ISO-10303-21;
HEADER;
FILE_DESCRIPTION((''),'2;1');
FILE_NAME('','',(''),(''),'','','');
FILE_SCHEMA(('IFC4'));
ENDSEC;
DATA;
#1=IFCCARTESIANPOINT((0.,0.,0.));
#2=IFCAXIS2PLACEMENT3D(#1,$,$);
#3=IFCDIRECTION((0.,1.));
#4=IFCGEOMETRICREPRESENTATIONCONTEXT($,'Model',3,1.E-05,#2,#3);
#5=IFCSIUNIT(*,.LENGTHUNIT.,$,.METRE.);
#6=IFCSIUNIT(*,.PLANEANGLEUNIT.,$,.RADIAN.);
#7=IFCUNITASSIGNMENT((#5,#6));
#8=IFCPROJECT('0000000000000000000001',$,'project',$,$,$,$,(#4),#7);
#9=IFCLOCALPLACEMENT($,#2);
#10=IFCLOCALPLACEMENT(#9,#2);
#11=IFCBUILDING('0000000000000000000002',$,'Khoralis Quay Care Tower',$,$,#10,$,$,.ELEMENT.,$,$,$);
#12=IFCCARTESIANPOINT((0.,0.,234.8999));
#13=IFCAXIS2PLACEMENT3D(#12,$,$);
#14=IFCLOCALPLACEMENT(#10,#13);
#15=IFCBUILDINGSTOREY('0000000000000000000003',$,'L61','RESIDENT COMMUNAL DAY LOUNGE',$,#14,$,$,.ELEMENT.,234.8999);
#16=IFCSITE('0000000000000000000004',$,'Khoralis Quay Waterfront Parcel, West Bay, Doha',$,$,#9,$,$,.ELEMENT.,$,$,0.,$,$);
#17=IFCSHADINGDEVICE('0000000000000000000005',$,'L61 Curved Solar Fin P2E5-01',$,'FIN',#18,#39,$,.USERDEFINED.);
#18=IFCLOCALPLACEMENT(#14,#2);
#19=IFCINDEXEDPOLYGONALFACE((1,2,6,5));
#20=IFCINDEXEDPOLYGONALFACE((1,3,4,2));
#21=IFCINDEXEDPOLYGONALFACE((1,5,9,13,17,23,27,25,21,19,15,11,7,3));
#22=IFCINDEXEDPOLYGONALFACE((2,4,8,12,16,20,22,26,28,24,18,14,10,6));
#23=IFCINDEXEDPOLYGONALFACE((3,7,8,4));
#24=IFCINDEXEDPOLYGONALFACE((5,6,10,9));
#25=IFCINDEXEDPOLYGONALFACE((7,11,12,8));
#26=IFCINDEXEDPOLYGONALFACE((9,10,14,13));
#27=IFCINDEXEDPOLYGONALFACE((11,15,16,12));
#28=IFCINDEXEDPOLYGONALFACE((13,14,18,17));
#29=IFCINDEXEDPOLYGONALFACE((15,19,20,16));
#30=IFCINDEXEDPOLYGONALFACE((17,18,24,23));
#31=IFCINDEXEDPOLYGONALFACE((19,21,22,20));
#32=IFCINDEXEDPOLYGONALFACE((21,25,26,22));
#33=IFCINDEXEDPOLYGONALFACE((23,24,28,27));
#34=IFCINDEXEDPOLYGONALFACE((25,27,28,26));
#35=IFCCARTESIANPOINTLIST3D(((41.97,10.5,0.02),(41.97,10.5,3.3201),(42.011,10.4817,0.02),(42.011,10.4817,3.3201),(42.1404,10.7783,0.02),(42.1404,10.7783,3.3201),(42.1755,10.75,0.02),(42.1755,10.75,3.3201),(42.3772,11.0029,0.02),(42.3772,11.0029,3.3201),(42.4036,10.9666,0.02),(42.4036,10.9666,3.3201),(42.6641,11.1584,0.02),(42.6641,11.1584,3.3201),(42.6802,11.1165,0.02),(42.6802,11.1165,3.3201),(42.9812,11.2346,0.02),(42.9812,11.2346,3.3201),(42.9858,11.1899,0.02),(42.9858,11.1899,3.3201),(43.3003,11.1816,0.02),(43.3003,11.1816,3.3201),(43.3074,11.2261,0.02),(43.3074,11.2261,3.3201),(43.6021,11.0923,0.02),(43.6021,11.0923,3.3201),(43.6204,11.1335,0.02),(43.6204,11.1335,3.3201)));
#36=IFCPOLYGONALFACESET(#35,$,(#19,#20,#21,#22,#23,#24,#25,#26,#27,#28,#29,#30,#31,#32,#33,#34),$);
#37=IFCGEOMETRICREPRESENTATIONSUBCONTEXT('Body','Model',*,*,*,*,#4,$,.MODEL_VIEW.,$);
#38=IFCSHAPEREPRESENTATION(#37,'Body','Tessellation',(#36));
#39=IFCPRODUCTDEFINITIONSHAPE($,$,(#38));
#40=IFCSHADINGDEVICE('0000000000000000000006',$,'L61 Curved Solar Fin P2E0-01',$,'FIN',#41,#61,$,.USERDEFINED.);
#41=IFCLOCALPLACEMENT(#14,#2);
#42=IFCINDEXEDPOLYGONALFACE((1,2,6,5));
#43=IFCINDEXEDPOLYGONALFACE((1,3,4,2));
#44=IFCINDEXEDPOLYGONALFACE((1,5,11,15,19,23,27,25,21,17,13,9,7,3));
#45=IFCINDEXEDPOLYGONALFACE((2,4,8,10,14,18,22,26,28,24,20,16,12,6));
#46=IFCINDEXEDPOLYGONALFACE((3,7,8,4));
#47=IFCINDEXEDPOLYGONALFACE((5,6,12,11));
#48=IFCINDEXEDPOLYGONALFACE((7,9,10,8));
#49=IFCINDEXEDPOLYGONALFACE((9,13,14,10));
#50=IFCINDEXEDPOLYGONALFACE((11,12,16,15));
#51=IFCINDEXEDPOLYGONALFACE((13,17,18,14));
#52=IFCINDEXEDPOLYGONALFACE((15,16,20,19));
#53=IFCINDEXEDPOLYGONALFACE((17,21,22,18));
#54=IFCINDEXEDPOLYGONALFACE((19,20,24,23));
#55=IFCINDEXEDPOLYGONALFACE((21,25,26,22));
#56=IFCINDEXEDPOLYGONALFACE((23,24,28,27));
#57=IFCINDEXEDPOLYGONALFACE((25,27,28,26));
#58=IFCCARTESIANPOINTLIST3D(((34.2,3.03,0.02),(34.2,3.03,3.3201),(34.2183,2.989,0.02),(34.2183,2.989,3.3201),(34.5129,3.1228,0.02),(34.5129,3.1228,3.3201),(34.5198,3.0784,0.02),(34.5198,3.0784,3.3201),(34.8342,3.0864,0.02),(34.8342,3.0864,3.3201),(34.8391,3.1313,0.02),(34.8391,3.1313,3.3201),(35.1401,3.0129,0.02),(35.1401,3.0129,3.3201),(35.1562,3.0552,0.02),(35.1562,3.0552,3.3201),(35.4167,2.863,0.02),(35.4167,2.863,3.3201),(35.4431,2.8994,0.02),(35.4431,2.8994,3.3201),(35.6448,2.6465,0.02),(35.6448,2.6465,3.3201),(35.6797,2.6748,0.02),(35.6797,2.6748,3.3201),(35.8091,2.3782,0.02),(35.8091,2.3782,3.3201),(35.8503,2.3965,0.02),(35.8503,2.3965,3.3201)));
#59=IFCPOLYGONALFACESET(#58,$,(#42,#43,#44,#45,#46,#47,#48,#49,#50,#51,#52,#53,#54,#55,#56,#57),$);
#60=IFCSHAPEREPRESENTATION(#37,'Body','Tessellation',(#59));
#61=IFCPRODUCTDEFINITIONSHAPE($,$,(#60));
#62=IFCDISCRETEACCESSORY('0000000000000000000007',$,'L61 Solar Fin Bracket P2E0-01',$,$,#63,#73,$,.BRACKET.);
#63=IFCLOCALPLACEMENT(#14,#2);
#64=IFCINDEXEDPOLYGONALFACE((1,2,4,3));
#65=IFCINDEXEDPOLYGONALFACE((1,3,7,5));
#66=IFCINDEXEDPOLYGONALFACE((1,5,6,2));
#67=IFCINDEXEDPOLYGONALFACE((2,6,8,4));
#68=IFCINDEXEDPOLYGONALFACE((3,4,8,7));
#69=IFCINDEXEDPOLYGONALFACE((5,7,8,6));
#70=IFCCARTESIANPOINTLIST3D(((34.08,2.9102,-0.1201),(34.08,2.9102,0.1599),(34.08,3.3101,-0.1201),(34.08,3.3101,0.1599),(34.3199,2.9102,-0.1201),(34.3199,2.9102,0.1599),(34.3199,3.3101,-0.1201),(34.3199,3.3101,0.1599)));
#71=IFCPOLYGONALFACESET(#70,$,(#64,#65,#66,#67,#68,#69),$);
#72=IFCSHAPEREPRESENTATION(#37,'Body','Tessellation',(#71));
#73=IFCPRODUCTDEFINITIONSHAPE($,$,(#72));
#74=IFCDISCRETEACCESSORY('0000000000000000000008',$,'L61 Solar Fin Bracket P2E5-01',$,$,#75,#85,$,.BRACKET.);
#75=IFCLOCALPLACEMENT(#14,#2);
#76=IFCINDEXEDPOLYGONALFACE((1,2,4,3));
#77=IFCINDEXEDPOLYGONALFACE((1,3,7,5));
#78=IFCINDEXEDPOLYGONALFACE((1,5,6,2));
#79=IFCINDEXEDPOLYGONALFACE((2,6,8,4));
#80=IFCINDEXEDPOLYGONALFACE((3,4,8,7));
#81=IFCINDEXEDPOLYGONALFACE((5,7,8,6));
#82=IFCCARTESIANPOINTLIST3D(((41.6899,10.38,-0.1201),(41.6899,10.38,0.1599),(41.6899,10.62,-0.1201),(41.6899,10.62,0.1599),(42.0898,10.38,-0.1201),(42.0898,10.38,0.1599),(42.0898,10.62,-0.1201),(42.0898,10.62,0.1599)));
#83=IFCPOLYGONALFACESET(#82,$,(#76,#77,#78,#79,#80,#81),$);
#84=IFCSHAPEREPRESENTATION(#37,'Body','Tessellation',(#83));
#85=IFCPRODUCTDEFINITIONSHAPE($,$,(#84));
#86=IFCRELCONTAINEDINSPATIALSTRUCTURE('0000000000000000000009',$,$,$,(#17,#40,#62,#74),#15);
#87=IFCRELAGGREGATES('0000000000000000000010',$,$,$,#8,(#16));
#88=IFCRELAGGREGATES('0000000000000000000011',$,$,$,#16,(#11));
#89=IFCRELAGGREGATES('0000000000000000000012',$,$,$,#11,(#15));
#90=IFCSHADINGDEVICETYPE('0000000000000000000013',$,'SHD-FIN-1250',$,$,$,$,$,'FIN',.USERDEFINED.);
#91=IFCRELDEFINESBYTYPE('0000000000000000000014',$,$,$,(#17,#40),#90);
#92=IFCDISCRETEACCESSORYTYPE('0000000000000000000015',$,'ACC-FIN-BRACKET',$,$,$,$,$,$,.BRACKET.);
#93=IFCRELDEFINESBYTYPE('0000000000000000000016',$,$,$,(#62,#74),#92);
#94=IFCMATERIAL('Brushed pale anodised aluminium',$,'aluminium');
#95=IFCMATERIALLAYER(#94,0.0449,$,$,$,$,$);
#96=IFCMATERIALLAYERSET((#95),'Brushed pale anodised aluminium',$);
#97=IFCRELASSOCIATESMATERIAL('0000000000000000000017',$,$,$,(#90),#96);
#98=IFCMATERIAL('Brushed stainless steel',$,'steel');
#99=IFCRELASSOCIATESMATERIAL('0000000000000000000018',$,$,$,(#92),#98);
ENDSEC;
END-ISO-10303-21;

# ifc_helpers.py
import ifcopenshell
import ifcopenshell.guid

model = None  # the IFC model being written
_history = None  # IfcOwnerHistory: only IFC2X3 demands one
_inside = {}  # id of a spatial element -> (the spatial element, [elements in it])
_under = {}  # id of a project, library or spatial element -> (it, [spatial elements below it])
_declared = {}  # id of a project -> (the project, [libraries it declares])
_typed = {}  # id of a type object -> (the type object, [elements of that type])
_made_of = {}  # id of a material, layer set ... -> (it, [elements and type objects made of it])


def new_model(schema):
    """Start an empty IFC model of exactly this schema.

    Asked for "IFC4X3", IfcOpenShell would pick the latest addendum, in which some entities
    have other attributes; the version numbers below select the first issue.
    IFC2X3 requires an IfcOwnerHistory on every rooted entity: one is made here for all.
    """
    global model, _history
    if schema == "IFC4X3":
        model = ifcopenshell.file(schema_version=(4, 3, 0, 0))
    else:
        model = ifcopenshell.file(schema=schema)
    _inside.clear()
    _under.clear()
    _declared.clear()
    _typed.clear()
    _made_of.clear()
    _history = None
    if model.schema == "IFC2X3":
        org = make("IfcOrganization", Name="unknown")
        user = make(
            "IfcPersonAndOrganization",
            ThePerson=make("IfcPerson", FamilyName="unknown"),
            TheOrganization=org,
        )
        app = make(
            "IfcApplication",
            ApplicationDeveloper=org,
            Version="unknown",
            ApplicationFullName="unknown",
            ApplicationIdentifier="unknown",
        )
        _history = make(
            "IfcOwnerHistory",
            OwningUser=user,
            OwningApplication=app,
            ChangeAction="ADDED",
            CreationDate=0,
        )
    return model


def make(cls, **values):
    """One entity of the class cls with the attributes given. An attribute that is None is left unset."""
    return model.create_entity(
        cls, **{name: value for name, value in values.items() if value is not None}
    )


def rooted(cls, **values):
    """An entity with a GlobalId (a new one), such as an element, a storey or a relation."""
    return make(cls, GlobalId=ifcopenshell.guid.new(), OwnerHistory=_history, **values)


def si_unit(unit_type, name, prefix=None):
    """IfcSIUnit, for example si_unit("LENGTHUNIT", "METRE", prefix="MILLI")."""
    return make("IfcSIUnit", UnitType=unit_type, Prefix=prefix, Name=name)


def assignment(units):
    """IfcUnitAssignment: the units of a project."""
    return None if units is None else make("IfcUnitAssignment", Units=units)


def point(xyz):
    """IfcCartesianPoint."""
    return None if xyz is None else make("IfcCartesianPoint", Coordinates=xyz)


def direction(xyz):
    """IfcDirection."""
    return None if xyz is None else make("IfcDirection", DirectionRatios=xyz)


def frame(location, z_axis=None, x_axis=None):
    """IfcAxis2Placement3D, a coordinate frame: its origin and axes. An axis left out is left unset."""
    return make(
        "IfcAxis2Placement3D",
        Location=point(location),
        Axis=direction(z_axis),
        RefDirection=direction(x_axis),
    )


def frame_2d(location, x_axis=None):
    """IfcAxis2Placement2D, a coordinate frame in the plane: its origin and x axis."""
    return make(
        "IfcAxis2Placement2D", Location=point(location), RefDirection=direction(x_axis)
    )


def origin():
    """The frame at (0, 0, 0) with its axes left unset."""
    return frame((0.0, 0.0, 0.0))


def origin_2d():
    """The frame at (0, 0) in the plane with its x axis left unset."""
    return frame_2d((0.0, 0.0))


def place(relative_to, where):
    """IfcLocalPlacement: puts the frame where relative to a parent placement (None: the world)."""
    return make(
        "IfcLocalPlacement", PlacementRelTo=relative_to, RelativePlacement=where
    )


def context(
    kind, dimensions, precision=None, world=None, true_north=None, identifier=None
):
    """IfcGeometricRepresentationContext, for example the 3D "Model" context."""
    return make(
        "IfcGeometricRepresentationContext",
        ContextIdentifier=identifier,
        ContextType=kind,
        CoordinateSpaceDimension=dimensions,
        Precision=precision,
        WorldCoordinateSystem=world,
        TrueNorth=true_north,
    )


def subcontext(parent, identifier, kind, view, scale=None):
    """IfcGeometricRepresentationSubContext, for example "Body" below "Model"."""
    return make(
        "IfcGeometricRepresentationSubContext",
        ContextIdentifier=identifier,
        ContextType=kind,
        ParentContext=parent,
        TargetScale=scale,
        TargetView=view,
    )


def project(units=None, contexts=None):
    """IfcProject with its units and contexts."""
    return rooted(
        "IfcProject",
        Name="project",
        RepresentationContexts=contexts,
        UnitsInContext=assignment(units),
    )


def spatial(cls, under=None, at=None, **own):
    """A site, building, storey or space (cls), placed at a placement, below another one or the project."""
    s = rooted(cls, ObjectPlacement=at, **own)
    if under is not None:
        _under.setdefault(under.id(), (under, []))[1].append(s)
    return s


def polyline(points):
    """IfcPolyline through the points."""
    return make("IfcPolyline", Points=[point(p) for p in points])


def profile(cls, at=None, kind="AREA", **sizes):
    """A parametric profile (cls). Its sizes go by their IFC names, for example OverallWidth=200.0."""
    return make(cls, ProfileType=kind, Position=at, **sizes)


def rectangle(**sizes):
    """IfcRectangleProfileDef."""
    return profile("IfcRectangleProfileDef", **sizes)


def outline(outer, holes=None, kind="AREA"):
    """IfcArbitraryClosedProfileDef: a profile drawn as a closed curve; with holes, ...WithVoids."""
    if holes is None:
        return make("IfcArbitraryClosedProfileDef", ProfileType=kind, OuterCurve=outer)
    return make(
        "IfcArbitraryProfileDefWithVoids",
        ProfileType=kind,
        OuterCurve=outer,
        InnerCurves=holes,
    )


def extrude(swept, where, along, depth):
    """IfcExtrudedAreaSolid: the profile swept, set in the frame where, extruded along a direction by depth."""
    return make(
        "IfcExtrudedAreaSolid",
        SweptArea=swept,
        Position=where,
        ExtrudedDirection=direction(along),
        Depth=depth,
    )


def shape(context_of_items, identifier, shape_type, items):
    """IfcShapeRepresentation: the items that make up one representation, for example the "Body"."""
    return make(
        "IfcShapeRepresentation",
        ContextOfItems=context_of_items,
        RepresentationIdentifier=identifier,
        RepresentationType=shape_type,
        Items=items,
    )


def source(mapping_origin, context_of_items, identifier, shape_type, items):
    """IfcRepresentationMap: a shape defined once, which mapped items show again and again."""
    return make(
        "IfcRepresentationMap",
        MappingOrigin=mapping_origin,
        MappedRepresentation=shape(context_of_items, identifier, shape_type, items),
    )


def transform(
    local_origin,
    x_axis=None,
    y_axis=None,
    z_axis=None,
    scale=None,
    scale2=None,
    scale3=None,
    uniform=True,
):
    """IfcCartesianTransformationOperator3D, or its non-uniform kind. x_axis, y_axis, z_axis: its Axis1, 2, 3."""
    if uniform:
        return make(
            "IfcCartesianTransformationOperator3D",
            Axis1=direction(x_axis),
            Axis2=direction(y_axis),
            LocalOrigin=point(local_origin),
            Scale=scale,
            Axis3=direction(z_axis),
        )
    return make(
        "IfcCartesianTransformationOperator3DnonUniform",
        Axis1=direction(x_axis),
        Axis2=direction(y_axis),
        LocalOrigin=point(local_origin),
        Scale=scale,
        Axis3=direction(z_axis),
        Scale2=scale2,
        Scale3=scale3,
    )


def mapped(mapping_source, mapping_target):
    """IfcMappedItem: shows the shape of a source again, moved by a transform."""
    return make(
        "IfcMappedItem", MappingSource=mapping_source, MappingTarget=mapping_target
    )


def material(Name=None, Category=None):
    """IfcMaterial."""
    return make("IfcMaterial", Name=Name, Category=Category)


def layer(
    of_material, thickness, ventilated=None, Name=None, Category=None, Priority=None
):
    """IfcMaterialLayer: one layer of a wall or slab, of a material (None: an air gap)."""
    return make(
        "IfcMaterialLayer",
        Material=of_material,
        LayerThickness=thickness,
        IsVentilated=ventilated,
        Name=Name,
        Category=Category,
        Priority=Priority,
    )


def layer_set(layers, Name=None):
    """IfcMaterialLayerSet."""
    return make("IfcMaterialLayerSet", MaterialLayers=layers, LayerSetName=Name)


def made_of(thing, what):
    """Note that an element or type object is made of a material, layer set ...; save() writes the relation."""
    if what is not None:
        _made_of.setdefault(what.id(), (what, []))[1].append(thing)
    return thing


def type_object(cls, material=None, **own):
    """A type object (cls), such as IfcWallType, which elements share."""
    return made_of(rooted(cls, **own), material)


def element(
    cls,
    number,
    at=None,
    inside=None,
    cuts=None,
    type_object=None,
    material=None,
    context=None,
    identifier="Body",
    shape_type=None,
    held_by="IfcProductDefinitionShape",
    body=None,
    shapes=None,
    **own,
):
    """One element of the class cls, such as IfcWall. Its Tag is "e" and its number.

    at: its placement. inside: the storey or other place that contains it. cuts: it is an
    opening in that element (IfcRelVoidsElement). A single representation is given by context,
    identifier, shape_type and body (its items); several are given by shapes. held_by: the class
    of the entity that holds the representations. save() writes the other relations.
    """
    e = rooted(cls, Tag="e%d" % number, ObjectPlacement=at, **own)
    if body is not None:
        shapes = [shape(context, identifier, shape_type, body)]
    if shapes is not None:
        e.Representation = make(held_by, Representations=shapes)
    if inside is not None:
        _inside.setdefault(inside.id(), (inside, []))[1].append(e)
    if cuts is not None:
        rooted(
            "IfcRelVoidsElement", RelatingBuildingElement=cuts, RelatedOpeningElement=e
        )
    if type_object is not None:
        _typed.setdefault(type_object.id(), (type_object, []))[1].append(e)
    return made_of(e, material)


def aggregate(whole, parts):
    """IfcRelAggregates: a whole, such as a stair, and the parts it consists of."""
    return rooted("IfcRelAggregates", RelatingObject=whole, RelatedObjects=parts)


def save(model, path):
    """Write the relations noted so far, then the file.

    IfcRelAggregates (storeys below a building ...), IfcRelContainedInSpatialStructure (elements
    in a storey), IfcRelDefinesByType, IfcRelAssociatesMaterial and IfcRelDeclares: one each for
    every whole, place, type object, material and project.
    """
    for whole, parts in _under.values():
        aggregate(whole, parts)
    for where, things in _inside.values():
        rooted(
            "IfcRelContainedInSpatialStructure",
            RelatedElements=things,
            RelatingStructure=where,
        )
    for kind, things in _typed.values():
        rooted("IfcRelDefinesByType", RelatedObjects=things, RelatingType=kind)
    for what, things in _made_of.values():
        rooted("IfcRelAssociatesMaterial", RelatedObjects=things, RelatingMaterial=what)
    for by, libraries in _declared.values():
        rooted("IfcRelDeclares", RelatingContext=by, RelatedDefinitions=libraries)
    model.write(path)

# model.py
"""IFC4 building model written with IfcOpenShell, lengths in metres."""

from ifc_helpers import new_model, si_unit, direction, frame, origin, origin_2d, place, context, subcontext, project, spatial, polyline, rectangle, outline, extrude, source, transform, mapped, material, layer, layer_set, type_object, element, save


model = new_model("IFC4")

# Units and contexts
model_context = context("Model", 3, precision=1e-05, world=origin(), true_north=direction((0.0, 1.0)))
body_context = subcontext(model_context, "Body", "Model", "MODEL_VIEW")
ifc_project = project(units=[si_unit("LENGTHUNIT", "METRE"), si_unit("PLANEANGLEUNIT", "RADIAN")], contexts=[model_context])

# Site, building, storey
site_placement = place(None, origin())
site = spatial("IfcSite", under=ifc_project, at=site_placement, Name="Khoralis Quay Waterfront Parcel, West Bay, Doha", CompositionType="ELEMENT", RefElevation=0.0)
building_placement = place(site_placement, origin())
building = spatial("IfcBuilding", under=site, at=building_placement, Name="Khoralis Quay Care Tower", CompositionType="ELEMENT")
storey_placement = place(building_placement, frame((0.0, 0.0, 234.8999)))
storey = spatial("IfcBuildingStorey", under=building, at=storey_placement, Name="L61", Description="RESIDENT COMMUNAL DAY LOUNGE", CompositionType="ELEMENT", Elevation=234.8999)

# Shading devices
ifc_material_1 = material(Name="Brushed pale anodised aluminium", Category="aluminium")
ifc_layer_1 = layer(ifc_material_1, 0.0449)
ifc_layer_set_1 = layer_set([ifc_layer_1], Name="Brushed pale anodised aluminium")
shading_device_type = type_object("IfcShadingDeviceType", Name="SHD-FIN-1250", ElementType="FIN", PredefinedType="USERDEFINED", material=ifc_layer_set_1)
shared_shape_1 = source(origin(), body_context, "Body", "SweptSolid", [
    extrude(outline(polyline([(0.0, 0.0), (0.1704, 0.2783), (0.4072, 0.5029), (0.6941, 0.6584), (1.0112, 0.7346), (1.3374, 0.7261), (1.6504, 0.6335), (1.6321, 0.5923), (1.3303, 0.6816), (1.0159, 0.6899), (0.7102, 0.6165), (0.4336, 0.4666), (0.2056, 0.25), (0.041, -0.0183), (0.0, 0.0)])), origin(), (0.0, 0.0, 1.0), 3.3),
])
shading_device_1_placement = place(storey_placement, frame((41.97, 10.5, 0.02), z_axis=(0.0, 0.0, 1.0), x_axis=(1.0, 0.0, 0.0)))
element("IfcShadingDevice", 1, at=shading_device_1_placement, inside=storey, type_object=shading_device_type, Name="L61 Curved Solar Fin P2E5-01", ObjectType="FIN", PredefinedType="USERDEFINED", context=body_context, shape_type="MappedRepresentation", body=[
    mapped(shared_shape_1, transform((0.0, 0.0, 0.0), scale=1.0)),
])
shared_shape_2 = source(origin(), body_context, "Body", "SweptSolid", [
    extrude(outline(polyline([(0.0, 0.0), (-0.0928, 0.313), (-0.1013, 0.6392), (-0.0251, 0.9563), (0.1306, 1.2432), (0.3552, 1.4797), (0.6335, 1.6504), (0.6519, 1.6091), (0.3835, 1.4448), (0.167, 1.2168), (0.0171, 0.9402), (-0.0564, 0.6343), (-0.0483, 0.3198), (0.041, 0.0183), (0.0, 0.0)])), origin(), (0.0, 0.0, 1.0), 3.3),
])
shading_device_2_placement = place(storey_placement, frame((34.2, 3.03, 0.02), z_axis=(0.0, 0.0, 1.0), x_axis=(0.0, -1.0, 0.0)))
element("IfcShadingDevice", 2, at=shading_device_2_placement, inside=storey, type_object=shading_device_type, Name="L61 Curved Solar Fin P2E0-01", ObjectType="FIN", PredefinedType="USERDEFINED", context=body_context, shape_type="MappedRepresentation", body=[
    mapped(shared_shape_2, transform((0.0, 0.0, 0.0), scale=1.0)),
])

# Discrete accessories
ifc_material_2 = material(Name="Brushed stainless steel", Category="steel")
discrete_accessory_type = type_object("IfcDiscreteAccessoryType", Name="ACC-FIN-BRACKET", PredefinedType="BRACKET", material=ifc_material_2)
shared_shape_3 = source(origin(), body_context, "Body", "SweptSolid", [
    extrude(rectangle(XDim=0.3999, YDim=0.24, at=origin_2d()), origin(), (0.0, 0.0, 1.0), 0.28),
])
for number, where, z_axis, x_axis, name in (
    (3, (34.2, 3.1101, -0.1201), (0.0, 0.0, 1.0), (0.0, -1.0, 0.0), "L61 Solar Fin Bracket P2E0-01"),
    (4, (41.8899, 10.5, -0.1201), (0.0, 0.0, 1.0), (1.0, 0.0, 0.0), "L61 Solar Fin Bracket P2E5-01"),
):
    element("IfcDiscreteAccessory", number, at=place(storey_placement, frame(where, z_axis=z_axis, x_axis=x_axis)), inside=storey, type_object=discrete_accessory_type, Name=name, PredefinedType="BRACKET", context=body_context, shape_type="MappedRepresentation", body=[
        mapped(shared_shape_3, transform((0.0, 0.0, 0.0), scale=1.0)),
    ])

save(model, "model.ifc")
